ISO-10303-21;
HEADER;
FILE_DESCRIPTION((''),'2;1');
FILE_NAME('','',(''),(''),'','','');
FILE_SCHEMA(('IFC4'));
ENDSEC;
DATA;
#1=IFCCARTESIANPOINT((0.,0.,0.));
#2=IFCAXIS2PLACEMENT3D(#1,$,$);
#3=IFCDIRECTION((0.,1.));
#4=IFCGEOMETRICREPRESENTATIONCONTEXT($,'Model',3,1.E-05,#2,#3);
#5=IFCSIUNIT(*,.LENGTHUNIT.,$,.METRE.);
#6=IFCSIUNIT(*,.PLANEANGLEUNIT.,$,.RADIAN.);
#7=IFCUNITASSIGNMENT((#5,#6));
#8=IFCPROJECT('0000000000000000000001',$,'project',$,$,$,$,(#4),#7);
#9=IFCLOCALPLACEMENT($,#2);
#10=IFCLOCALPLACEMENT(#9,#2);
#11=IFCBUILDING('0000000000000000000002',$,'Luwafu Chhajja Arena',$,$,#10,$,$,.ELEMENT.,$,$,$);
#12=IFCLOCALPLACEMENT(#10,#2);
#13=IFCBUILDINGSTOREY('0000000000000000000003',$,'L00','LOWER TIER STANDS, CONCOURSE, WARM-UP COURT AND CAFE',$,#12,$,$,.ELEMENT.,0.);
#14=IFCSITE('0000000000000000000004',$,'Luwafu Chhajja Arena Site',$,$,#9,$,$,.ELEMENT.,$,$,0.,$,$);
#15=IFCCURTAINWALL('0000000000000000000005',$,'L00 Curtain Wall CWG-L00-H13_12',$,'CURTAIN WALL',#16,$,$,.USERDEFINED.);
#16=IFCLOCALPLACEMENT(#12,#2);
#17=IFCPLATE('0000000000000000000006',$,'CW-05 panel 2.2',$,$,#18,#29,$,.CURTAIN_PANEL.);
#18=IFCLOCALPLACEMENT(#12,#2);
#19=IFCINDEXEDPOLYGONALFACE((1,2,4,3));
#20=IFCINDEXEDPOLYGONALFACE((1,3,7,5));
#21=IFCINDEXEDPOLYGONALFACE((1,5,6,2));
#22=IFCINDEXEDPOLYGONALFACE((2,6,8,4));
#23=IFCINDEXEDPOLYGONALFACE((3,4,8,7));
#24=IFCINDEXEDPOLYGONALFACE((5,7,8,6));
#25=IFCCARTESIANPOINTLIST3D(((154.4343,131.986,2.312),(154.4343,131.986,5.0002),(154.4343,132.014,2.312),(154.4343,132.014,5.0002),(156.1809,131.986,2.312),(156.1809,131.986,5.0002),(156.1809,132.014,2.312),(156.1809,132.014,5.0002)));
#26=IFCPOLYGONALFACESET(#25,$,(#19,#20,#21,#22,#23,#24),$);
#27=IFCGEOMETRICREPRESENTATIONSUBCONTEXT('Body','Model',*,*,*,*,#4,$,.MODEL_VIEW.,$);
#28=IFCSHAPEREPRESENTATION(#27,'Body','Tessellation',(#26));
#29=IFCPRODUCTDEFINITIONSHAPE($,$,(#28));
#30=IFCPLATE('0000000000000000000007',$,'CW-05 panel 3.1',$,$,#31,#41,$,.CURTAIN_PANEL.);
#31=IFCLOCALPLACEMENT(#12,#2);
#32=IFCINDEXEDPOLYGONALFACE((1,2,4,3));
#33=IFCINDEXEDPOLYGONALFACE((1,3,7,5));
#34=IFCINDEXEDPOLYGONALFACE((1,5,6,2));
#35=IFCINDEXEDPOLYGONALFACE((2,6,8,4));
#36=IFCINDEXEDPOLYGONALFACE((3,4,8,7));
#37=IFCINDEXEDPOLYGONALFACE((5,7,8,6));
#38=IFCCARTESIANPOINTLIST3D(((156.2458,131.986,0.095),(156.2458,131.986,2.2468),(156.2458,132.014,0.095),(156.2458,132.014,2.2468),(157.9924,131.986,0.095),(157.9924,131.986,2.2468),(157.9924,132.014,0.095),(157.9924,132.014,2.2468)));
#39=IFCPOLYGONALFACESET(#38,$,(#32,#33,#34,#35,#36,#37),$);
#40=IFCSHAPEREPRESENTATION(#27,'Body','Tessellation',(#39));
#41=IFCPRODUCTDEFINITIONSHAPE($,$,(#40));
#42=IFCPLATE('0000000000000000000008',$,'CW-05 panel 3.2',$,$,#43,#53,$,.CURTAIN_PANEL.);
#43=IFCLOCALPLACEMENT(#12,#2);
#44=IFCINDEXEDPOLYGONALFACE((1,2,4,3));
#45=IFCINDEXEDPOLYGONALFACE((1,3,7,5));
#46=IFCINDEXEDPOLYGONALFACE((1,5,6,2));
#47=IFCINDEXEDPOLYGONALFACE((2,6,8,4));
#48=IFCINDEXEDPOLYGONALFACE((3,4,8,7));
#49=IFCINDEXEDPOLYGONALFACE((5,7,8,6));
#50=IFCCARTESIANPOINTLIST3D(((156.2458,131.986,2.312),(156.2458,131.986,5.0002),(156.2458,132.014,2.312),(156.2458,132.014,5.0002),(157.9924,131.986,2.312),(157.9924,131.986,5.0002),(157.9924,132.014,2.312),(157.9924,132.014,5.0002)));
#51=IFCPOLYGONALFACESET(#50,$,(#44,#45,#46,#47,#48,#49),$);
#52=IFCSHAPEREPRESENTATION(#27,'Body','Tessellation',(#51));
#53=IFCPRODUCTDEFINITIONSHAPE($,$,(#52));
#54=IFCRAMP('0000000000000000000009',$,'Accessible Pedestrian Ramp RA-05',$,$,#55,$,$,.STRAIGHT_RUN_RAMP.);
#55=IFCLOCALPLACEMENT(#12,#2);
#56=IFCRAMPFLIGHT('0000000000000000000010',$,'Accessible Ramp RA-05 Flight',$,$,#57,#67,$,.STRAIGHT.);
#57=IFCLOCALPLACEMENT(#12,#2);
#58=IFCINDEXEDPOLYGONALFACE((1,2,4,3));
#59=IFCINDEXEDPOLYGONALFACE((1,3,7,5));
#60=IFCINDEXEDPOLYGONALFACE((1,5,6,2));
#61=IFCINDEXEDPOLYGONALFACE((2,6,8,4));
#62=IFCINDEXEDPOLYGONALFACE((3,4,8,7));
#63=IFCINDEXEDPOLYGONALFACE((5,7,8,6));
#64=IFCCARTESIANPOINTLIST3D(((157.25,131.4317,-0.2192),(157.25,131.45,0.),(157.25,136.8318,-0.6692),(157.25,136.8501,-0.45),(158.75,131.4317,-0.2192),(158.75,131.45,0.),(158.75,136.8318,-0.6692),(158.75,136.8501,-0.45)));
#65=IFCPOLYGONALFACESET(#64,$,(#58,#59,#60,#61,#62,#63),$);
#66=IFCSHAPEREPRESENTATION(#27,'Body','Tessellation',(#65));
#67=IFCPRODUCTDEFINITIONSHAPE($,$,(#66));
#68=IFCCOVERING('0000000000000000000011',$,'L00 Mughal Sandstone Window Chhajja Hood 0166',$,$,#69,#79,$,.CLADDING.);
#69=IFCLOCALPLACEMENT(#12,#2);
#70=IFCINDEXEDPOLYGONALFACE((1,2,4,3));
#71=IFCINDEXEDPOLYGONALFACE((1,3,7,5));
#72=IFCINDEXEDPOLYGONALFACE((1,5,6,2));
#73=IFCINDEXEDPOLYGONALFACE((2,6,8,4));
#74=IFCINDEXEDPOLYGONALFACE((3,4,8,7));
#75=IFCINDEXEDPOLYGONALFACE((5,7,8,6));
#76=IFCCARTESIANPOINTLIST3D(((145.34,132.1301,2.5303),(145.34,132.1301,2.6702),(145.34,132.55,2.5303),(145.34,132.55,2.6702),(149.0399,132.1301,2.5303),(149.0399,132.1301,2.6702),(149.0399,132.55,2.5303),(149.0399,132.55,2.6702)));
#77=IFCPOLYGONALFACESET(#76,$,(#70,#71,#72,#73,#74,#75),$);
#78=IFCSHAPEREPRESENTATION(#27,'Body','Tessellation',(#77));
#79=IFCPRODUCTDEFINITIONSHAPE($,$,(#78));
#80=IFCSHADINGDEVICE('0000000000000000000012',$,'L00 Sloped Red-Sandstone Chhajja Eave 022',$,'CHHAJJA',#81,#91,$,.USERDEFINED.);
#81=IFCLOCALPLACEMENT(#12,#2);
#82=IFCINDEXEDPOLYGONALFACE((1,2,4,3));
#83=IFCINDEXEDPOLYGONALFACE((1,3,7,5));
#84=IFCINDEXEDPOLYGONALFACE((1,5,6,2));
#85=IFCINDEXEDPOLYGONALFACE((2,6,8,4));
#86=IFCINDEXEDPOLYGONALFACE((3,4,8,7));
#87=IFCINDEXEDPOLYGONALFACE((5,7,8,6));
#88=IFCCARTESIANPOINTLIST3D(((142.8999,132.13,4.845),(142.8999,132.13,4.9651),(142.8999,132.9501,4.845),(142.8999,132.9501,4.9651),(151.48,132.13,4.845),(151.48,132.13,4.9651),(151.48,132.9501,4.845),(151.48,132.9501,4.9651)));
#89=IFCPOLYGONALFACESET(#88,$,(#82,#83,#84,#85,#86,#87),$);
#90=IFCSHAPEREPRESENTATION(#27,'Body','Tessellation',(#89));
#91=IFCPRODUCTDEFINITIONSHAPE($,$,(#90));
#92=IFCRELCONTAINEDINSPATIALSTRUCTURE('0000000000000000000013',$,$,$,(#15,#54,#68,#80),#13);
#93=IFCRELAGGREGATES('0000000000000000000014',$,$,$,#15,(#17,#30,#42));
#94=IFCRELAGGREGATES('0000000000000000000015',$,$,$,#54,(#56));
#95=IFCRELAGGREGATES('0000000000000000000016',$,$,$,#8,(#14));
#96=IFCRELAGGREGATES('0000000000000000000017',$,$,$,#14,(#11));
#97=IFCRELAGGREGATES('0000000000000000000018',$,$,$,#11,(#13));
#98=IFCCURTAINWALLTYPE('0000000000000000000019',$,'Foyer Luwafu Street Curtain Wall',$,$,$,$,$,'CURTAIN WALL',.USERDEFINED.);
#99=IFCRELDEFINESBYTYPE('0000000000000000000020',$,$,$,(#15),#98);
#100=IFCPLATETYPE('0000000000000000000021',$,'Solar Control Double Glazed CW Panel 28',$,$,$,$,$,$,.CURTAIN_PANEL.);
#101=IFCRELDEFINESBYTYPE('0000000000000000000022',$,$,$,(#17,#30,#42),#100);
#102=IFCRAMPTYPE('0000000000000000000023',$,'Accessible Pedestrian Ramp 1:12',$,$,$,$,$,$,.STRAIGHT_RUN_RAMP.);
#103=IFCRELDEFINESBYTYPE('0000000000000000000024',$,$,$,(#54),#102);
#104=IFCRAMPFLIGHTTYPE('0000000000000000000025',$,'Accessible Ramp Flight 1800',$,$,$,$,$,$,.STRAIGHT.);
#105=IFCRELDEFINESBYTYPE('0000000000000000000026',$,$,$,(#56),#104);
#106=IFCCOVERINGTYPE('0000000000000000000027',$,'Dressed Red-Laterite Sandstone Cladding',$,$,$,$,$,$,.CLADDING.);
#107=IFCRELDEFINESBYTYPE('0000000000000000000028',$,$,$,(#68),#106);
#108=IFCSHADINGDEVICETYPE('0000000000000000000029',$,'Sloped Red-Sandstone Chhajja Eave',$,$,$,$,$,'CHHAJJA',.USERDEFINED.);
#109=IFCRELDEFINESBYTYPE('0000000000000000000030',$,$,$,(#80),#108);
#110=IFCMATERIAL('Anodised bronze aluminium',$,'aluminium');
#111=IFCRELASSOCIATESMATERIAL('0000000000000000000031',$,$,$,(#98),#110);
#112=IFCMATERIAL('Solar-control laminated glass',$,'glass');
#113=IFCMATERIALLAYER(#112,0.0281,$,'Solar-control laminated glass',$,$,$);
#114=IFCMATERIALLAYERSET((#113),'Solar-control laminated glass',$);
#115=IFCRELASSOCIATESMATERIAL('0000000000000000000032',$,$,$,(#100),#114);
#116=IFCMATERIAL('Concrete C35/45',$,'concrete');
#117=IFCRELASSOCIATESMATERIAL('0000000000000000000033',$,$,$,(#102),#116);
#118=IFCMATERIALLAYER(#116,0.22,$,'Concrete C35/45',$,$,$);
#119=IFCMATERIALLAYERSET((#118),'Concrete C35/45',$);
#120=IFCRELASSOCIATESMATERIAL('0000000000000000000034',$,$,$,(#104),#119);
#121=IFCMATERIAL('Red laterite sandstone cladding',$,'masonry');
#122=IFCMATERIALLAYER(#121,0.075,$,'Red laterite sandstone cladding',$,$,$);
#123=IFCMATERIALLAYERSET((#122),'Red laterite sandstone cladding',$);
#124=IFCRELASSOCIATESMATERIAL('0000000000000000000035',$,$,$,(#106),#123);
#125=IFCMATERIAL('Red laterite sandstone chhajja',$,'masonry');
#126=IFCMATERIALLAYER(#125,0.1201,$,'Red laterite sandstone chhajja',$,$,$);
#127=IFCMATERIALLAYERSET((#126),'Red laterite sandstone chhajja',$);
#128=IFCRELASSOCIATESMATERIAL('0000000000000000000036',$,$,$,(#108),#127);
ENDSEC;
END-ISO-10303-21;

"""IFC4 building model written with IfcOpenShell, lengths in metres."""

from ifc_helpers import new_model, si_unit, direction, frame, origin, origin_2d, place, context, subcontext, project, spatial, polyline, rectangle, outline, extrude, material, layer, layer_set, type_object, element, aggregate, save


model = new_model("IFC4")

# Units and contexts
model_context = context("Model", 3, precision=1e-05, world=origin(), true_north=direction((0.0, 1.0)))
body_context = subcontext(model_context, "Body", "Model", "MODEL_VIEW")
ifc_project = project(units=[si_unit("LENGTHUNIT", "METRE"), si_unit("PLANEANGLEUNIT", "RADIAN")], contexts=[model_context])

# Site, building, storey
site_placement = place(None, origin())
site = spatial("IfcSite", under=ifc_project, at=site_placement, Name="Luwafu Chhajja Arena Site", CompositionType="ELEMENT", RefElevation=0.0)
building_placement = place(site_placement, origin())
building = spatial("IfcBuilding", under=site, at=building_placement, Name="Luwafu Chhajja Arena", CompositionType="ELEMENT")
storey_placement = place(building_placement, origin())
storey = spatial("IfcBuildingStorey", under=building, at=storey_placement, Name="L00", Description="LOWER TIER STANDS, CONCOURSE, WARM-UP COURT AND CAFE", CompositionType="ELEMENT", Elevation=0.0)

# Curtain wall, plates
ifc_material_1 = material(Name="Anodised bronze aluminium", Category="aluminium")
curtain_wall_type = type_object("IfcCurtainWallType", Name="Foyer Luwafu Street Curtain Wall", ElementType="CURTAIN WALL", PredefinedType="USERDEFINED", material=ifc_material_1)
curtain_wall_placement = place(storey_placement, origin())
curtain_wall = element("IfcCurtainWall", 1, at=curtain_wall_placement, inside=storey, type_object=curtain_wall_type, Name="L00 Curtain Wall CWG-L00-H13_12", ObjectType="CURTAIN WALL", PredefinedType="USERDEFINED")
ifc_material_2 = material(Name="Solar-control laminated glass", Category="glass")
ifc_layer_1 = layer(ifc_material_2, 0.0281, Name="Solar-control laminated glass")
ifc_layer_set_1 = layer_set([ifc_layer_1], Name="Solar-control laminated glass")
plate_type = type_object("IfcPlateType", Name="Solar Control Double Glazed CW Panel 28", PredefinedType="CURTAIN_PANEL", material=ifc_layer_set_1)
plate_1_placement = place(storey_placement, frame((155.3076, 132.0, 2.312), z_axis=(0.0, 0.0, 1.0), x_axis=(1.0, 0.0, 0.0)))
plate_1 = element("IfcPlate", 2, at=plate_1_placement, type_object=plate_type, Name="CW-05 panel 2.2", PredefinedType="CURTAIN_PANEL", context=body_context, shape_type="SweptSolid", body=[
    extrude(rectangle(XDim=1.7466, YDim=0.0281, at=origin_2d()), origin(), (0.0, 0.0, 1.0), 2.6882),
])
plate_2_placement = place(storey_placement, frame((157.1191, 132.0, 0.095), z_axis=(0.0, 0.0, 1.0), x_axis=(1.0, 0.0, 0.0)))
plate_2 = element("IfcPlate", 3, at=plate_2_placement, type_object=plate_type, Name="CW-05 panel 3.1", PredefinedType="CURTAIN_PANEL", context=body_context, shape_type="SweptSolid", body=[
    extrude(rectangle(XDim=1.7466, YDim=0.0281, at=origin_2d()), origin(), (0.0, 0.0, 1.0), 2.1519),
])
plate_3_placement = place(storey_placement, frame((157.1191, 132.0, 2.312), z_axis=(0.0, 0.0, 1.0), x_axis=(1.0, 0.0, 0.0)))
plate_3 = element("IfcPlate", 4, at=plate_3_placement, type_object=plate_type, Name="CW-05 panel 3.2", PredefinedType="CURTAIN_PANEL", context=body_context, shape_type="SweptSolid", body=[
    extrude(rectangle(XDim=1.7466, YDim=0.0281, at=origin_2d()), origin(), (0.0, 0.0, 1.0), 2.6882),
])
aggregate(curtain_wall, [plate_1, plate_2, plate_3])

# Ramp, ramp flight
ifc_material_3 = material(Name="Concrete C35/45", Category="concrete")
ramp_type = type_object("IfcRampType", Name="Accessible Pedestrian Ramp 1:12", PredefinedType="STRAIGHT_RUN_RAMP", material=ifc_material_3)
ramp_placement = place(storey_placement, origin())
ramp = element("IfcRamp", 5, at=ramp_placement, inside=storey, type_object=ramp_type, Name="Accessible Pedestrian Ramp RA-05", PredefinedType="STRAIGHT_RUN_RAMP")
ifc_layer_2 = layer(ifc_material_3, 0.22, Name="Concrete C35/45")
ifc_layer_set_2 = layer_set([ifc_layer_2], Name="Concrete C35/45")
ramp_flight_type = type_object("IfcRampFlightType", Name="Accessible Ramp Flight 1800", PredefinedType="STRAIGHT", material=ifc_layer_set_2)
ramp_flight_placement = place(storey_placement, frame((157.25, 136.8501, -0.45), z_axis=(0.0, 0.083034, 0.996547), x_axis=(1.0, 0.0, 0.0)))
ramp_flight = element("IfcRampFlight", 6, at=ramp_flight_placement, type_object=ramp_flight_type, Name="Accessible Ramp RA-05 Flight", PredefinedType="STRAIGHT", context=body_context, shape_type="SweptSolid", body=[
    extrude(outline(polyline([(0.0, 0.0), (1.5, 0.0), (1.5, -5.4189), (0.0, -5.4189), (0.0, 0.0)])), origin(), (0.0, 0.0, -1.0), 0.22),
])
aggregate(ramp, [ramp_flight])

# Covering
ifc_material_4 = material(Name="Red laterite sandstone cladding", Category="masonry")
ifc_layer_3 = layer(ifc_material_4, 0.075, Name="Red laterite sandstone cladding")
ifc_layer_set_3 = layer_set([ifc_layer_3], Name="Red laterite sandstone cladding")
covering_type = type_object("IfcCoveringType", Name="Dressed Red-Laterite Sandstone Cladding", PredefinedType="CLADDING", material=ifc_layer_set_3)
covering_placement = place(storey_placement, frame((147.1899, 132.3401, 2.5303), z_axis=(0.0, 0.0, 1.0), x_axis=(1.0, 0.0, 0.0)))
element("IfcCovering", 7, at=covering_placement, inside=storey, type_object=covering_type, Name="L00 Mughal Sandstone Window Chhajja Hood 0166", PredefinedType="CLADDING", context=body_context, shape_type="SweptSolid", body=[
    extrude(rectangle(XDim=3.7, YDim=0.4199, at=origin_2d()), origin(), (0.0, 0.0, 1.0), 0.1399),
])

# Shading device
ifc_material_5 = material(Name="Red laterite sandstone chhajja", Category="masonry")
ifc_layer_4 = layer(ifc_material_5, 0.1201, Name="Red laterite sandstone chhajja")
ifc_layer_set_4 = layer_set([ifc_layer_4], Name="Red laterite sandstone chhajja")
shading_device_type = type_object("IfcShadingDeviceType", Name="Sloped Red-Sandstone Chhajja Eave", ElementType="CHHAJJA", PredefinedType="USERDEFINED", material=ifc_layer_set_4)
shading_device_placement = place(storey_placement, frame((147.1899, 132.54, 4.845), z_axis=(0.0, 0.0, 1.0), x_axis=(1.0, 0.0, 0.0)))
element("IfcShadingDevice", 8, at=shading_device_placement, inside=storey, type_object=shading_device_type, Name="L00 Sloped Red-Sandstone Chhajja Eave 022", ObjectType="CHHAJJA", PredefinedType="USERDEFINED", context=body_context, shape_type="SweptSolid", body=[
    extrude(rectangle(XDim=8.5801, YDim=0.8201, at=origin_2d()), origin(), (0.0, 0.0, 1.0), 0.1201),
])

save(model, "model.ifc")
